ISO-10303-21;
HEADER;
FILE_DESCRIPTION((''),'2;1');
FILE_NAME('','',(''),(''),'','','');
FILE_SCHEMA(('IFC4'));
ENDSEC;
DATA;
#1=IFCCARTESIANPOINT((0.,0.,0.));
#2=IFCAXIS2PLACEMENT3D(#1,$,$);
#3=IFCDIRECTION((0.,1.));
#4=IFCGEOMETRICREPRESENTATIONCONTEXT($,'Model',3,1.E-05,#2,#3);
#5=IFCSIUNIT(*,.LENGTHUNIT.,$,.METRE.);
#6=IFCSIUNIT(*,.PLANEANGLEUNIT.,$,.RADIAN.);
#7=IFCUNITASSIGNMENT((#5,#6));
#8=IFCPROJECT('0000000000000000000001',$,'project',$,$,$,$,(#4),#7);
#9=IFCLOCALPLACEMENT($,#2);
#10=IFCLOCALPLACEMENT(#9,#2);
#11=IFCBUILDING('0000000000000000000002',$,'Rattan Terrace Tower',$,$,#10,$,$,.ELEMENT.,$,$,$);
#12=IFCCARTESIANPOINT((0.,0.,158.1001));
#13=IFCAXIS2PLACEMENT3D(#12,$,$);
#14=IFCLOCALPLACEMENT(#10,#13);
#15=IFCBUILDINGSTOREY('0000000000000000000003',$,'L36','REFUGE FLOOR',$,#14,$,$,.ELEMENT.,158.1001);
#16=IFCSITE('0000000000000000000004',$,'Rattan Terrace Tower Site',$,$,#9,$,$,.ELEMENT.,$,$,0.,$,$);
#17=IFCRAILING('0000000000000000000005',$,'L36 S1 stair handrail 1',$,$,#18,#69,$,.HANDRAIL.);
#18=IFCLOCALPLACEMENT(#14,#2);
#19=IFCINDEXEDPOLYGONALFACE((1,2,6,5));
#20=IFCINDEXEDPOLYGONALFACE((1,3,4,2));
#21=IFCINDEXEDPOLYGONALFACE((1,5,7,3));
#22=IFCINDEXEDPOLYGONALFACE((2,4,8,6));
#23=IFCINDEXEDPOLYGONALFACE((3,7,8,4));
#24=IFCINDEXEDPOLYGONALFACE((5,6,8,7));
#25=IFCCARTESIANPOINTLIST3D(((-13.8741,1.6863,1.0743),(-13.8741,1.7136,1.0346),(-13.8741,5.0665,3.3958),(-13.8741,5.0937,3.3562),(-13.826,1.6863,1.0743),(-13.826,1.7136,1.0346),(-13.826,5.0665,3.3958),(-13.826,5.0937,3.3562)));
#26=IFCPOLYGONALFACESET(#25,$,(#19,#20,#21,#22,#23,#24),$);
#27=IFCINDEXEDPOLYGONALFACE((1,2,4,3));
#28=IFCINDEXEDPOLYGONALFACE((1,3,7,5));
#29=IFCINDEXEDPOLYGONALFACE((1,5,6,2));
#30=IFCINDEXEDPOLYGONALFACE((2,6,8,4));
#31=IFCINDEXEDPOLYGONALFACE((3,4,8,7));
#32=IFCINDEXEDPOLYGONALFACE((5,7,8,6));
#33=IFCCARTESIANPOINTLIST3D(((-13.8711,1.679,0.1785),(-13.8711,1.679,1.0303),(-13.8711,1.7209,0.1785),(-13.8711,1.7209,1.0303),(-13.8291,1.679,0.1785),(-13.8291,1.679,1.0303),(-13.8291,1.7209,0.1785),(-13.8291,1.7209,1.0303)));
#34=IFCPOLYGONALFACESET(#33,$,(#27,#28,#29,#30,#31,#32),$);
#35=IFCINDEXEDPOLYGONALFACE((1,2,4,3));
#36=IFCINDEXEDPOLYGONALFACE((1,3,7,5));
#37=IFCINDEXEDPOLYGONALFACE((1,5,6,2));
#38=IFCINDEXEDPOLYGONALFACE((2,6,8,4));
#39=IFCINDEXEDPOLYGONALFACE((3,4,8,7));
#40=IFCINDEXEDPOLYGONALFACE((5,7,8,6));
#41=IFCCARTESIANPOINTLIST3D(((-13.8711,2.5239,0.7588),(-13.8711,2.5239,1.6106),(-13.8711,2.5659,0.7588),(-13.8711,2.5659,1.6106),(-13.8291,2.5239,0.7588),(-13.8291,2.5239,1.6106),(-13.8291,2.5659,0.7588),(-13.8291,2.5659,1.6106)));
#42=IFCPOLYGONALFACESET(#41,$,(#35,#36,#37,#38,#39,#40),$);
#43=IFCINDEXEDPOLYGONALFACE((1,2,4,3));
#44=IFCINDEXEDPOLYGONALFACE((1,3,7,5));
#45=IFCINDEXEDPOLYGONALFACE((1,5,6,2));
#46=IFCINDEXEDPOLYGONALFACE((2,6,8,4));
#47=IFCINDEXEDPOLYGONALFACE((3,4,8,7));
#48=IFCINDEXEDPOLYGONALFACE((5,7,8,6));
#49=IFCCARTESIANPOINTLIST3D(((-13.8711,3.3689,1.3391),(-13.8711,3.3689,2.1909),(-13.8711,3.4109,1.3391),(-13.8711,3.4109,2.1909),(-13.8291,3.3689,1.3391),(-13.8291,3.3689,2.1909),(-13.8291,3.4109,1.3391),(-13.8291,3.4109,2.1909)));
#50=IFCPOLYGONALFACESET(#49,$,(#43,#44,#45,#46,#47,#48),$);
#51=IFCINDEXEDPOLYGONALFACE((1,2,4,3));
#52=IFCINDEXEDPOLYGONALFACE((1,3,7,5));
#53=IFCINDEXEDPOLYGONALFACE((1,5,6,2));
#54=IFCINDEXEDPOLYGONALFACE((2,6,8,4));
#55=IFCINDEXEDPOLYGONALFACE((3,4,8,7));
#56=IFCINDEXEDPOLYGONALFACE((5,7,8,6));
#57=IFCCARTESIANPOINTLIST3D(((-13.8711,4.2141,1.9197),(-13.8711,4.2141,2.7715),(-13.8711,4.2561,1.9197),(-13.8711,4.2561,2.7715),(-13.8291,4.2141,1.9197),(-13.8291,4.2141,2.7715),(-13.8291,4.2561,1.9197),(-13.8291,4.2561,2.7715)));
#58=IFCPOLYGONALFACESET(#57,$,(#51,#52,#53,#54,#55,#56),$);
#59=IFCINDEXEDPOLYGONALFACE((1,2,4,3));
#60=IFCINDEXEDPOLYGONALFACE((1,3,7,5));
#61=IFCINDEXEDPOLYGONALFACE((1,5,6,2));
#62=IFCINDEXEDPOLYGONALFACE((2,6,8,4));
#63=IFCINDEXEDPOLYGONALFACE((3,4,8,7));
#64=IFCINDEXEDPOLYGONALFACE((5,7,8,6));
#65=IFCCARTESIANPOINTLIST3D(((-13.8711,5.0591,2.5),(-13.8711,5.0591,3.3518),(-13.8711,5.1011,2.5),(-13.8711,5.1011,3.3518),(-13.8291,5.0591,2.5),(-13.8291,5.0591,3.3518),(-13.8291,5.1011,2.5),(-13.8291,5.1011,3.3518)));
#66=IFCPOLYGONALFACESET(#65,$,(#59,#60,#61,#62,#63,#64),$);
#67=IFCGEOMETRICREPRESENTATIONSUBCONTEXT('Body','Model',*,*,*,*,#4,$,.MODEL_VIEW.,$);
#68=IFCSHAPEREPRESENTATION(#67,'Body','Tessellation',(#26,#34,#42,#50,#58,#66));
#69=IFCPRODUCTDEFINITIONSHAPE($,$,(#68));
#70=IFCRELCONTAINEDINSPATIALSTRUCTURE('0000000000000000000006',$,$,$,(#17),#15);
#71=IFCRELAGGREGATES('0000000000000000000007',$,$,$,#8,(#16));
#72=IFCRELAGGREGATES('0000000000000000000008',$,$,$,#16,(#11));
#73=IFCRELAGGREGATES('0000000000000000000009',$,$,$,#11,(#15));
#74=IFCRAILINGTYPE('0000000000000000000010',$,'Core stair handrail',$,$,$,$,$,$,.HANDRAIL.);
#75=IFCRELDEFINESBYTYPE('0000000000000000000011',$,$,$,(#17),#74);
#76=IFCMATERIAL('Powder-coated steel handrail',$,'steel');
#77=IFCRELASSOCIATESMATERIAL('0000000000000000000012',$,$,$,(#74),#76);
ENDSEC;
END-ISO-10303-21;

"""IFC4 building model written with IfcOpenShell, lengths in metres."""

from ifc_helpers import new_model, si_unit, direction, frame, origin, origin_2d, place, context, subcontext, project, spatial, rectangle, extrude, material, type_object, element, save


model = new_model("IFC4")

# Units and contexts
model_context = context("Model", 3, precision=1e-05, world=origin(), true_north=direction((0.0, 1.0)))
body_context = subcontext(model_context, "Body", "Model", "MODEL_VIEW")
ifc_project = project(units=[si_unit("LENGTHUNIT", "METRE"), si_unit("PLANEANGLEUNIT", "RADIAN")], contexts=[model_context])

# Site, building, storey
site_placement = place(None, origin())
site = spatial("IfcSite", under=ifc_project, at=site_placement, Name="Rattan Terrace Tower Site", CompositionType="ELEMENT", RefElevation=0.0)
building_placement = place(site_placement, origin())
building = spatial("IfcBuilding", under=site, at=building_placement, Name="Rattan Terrace Tower", CompositionType="ELEMENT")
storey_placement = place(building_placement, frame((0.0, 0.0, 158.1001)))
storey = spatial("IfcBuildingStorey", under=building, at=storey_placement, Name="L36", Description="REFUGE FLOOR", CompositionType="ELEMENT", Elevation=158.1001)

# Railing
ifc_material_1 = material(Name="Powder-coated steel handrail", Category="steel")
railing_type_1 = type_object("IfcRailingType", Name="Core stair handrail", PredefinedType="HANDRAIL", material=ifc_material_1)
railing_1_placement = place(storey_placement, frame((-13.8501, 1.7, 0.1785)))
element("IfcRailing", 1, at=railing_1_placement, inside=storey, type_object=railing_type_1, Name="L36 S1 stair handrail 1", PredefinedType="HANDRAIL", context=body_context, shape_type="SweptSolid", body=[
    extrude(rectangle(XDim=0.0481, YDim=0.0481, at=origin_2d()), frame((0.0, 0.0, 0.876), z_axis=(0.0, 0.824304, 0.566147), x_axis=(-1.0, 0.0, 0.0)), (0.0, 0.0, 1.0), 4.1006),
    extrude(rectangle(XDim=0.042, YDim=0.042, at=origin_2d()), origin(), (0.0, 0.0, 1.0), 0.8518),
    extrude(rectangle(XDim=0.042, YDim=0.042, at=origin_2d()), frame((0.0, 0.845, 0.5803)), (0.0, 0.0, 1.0), 0.8518),
    extrude(rectangle(XDim=0.042, YDim=0.042, at=origin_2d()), frame((0.0, 1.6899, 1.1606)), (0.0, 0.0, 1.0), 0.8518),
    extrude(rectangle(XDim=0.042, YDim=0.042, at=origin_2d()), frame((0.0, 2.5352, 1.7412)), (0.0, 0.0, 1.0), 0.8518),
    extrude(rectangle(XDim=0.042, YDim=0.042, at=origin_2d()), frame((0.0, 3.3801, 2.3215)), (0.0, 0.0, 1.0), 0.8518),
])

save(model, "model.ifc")
